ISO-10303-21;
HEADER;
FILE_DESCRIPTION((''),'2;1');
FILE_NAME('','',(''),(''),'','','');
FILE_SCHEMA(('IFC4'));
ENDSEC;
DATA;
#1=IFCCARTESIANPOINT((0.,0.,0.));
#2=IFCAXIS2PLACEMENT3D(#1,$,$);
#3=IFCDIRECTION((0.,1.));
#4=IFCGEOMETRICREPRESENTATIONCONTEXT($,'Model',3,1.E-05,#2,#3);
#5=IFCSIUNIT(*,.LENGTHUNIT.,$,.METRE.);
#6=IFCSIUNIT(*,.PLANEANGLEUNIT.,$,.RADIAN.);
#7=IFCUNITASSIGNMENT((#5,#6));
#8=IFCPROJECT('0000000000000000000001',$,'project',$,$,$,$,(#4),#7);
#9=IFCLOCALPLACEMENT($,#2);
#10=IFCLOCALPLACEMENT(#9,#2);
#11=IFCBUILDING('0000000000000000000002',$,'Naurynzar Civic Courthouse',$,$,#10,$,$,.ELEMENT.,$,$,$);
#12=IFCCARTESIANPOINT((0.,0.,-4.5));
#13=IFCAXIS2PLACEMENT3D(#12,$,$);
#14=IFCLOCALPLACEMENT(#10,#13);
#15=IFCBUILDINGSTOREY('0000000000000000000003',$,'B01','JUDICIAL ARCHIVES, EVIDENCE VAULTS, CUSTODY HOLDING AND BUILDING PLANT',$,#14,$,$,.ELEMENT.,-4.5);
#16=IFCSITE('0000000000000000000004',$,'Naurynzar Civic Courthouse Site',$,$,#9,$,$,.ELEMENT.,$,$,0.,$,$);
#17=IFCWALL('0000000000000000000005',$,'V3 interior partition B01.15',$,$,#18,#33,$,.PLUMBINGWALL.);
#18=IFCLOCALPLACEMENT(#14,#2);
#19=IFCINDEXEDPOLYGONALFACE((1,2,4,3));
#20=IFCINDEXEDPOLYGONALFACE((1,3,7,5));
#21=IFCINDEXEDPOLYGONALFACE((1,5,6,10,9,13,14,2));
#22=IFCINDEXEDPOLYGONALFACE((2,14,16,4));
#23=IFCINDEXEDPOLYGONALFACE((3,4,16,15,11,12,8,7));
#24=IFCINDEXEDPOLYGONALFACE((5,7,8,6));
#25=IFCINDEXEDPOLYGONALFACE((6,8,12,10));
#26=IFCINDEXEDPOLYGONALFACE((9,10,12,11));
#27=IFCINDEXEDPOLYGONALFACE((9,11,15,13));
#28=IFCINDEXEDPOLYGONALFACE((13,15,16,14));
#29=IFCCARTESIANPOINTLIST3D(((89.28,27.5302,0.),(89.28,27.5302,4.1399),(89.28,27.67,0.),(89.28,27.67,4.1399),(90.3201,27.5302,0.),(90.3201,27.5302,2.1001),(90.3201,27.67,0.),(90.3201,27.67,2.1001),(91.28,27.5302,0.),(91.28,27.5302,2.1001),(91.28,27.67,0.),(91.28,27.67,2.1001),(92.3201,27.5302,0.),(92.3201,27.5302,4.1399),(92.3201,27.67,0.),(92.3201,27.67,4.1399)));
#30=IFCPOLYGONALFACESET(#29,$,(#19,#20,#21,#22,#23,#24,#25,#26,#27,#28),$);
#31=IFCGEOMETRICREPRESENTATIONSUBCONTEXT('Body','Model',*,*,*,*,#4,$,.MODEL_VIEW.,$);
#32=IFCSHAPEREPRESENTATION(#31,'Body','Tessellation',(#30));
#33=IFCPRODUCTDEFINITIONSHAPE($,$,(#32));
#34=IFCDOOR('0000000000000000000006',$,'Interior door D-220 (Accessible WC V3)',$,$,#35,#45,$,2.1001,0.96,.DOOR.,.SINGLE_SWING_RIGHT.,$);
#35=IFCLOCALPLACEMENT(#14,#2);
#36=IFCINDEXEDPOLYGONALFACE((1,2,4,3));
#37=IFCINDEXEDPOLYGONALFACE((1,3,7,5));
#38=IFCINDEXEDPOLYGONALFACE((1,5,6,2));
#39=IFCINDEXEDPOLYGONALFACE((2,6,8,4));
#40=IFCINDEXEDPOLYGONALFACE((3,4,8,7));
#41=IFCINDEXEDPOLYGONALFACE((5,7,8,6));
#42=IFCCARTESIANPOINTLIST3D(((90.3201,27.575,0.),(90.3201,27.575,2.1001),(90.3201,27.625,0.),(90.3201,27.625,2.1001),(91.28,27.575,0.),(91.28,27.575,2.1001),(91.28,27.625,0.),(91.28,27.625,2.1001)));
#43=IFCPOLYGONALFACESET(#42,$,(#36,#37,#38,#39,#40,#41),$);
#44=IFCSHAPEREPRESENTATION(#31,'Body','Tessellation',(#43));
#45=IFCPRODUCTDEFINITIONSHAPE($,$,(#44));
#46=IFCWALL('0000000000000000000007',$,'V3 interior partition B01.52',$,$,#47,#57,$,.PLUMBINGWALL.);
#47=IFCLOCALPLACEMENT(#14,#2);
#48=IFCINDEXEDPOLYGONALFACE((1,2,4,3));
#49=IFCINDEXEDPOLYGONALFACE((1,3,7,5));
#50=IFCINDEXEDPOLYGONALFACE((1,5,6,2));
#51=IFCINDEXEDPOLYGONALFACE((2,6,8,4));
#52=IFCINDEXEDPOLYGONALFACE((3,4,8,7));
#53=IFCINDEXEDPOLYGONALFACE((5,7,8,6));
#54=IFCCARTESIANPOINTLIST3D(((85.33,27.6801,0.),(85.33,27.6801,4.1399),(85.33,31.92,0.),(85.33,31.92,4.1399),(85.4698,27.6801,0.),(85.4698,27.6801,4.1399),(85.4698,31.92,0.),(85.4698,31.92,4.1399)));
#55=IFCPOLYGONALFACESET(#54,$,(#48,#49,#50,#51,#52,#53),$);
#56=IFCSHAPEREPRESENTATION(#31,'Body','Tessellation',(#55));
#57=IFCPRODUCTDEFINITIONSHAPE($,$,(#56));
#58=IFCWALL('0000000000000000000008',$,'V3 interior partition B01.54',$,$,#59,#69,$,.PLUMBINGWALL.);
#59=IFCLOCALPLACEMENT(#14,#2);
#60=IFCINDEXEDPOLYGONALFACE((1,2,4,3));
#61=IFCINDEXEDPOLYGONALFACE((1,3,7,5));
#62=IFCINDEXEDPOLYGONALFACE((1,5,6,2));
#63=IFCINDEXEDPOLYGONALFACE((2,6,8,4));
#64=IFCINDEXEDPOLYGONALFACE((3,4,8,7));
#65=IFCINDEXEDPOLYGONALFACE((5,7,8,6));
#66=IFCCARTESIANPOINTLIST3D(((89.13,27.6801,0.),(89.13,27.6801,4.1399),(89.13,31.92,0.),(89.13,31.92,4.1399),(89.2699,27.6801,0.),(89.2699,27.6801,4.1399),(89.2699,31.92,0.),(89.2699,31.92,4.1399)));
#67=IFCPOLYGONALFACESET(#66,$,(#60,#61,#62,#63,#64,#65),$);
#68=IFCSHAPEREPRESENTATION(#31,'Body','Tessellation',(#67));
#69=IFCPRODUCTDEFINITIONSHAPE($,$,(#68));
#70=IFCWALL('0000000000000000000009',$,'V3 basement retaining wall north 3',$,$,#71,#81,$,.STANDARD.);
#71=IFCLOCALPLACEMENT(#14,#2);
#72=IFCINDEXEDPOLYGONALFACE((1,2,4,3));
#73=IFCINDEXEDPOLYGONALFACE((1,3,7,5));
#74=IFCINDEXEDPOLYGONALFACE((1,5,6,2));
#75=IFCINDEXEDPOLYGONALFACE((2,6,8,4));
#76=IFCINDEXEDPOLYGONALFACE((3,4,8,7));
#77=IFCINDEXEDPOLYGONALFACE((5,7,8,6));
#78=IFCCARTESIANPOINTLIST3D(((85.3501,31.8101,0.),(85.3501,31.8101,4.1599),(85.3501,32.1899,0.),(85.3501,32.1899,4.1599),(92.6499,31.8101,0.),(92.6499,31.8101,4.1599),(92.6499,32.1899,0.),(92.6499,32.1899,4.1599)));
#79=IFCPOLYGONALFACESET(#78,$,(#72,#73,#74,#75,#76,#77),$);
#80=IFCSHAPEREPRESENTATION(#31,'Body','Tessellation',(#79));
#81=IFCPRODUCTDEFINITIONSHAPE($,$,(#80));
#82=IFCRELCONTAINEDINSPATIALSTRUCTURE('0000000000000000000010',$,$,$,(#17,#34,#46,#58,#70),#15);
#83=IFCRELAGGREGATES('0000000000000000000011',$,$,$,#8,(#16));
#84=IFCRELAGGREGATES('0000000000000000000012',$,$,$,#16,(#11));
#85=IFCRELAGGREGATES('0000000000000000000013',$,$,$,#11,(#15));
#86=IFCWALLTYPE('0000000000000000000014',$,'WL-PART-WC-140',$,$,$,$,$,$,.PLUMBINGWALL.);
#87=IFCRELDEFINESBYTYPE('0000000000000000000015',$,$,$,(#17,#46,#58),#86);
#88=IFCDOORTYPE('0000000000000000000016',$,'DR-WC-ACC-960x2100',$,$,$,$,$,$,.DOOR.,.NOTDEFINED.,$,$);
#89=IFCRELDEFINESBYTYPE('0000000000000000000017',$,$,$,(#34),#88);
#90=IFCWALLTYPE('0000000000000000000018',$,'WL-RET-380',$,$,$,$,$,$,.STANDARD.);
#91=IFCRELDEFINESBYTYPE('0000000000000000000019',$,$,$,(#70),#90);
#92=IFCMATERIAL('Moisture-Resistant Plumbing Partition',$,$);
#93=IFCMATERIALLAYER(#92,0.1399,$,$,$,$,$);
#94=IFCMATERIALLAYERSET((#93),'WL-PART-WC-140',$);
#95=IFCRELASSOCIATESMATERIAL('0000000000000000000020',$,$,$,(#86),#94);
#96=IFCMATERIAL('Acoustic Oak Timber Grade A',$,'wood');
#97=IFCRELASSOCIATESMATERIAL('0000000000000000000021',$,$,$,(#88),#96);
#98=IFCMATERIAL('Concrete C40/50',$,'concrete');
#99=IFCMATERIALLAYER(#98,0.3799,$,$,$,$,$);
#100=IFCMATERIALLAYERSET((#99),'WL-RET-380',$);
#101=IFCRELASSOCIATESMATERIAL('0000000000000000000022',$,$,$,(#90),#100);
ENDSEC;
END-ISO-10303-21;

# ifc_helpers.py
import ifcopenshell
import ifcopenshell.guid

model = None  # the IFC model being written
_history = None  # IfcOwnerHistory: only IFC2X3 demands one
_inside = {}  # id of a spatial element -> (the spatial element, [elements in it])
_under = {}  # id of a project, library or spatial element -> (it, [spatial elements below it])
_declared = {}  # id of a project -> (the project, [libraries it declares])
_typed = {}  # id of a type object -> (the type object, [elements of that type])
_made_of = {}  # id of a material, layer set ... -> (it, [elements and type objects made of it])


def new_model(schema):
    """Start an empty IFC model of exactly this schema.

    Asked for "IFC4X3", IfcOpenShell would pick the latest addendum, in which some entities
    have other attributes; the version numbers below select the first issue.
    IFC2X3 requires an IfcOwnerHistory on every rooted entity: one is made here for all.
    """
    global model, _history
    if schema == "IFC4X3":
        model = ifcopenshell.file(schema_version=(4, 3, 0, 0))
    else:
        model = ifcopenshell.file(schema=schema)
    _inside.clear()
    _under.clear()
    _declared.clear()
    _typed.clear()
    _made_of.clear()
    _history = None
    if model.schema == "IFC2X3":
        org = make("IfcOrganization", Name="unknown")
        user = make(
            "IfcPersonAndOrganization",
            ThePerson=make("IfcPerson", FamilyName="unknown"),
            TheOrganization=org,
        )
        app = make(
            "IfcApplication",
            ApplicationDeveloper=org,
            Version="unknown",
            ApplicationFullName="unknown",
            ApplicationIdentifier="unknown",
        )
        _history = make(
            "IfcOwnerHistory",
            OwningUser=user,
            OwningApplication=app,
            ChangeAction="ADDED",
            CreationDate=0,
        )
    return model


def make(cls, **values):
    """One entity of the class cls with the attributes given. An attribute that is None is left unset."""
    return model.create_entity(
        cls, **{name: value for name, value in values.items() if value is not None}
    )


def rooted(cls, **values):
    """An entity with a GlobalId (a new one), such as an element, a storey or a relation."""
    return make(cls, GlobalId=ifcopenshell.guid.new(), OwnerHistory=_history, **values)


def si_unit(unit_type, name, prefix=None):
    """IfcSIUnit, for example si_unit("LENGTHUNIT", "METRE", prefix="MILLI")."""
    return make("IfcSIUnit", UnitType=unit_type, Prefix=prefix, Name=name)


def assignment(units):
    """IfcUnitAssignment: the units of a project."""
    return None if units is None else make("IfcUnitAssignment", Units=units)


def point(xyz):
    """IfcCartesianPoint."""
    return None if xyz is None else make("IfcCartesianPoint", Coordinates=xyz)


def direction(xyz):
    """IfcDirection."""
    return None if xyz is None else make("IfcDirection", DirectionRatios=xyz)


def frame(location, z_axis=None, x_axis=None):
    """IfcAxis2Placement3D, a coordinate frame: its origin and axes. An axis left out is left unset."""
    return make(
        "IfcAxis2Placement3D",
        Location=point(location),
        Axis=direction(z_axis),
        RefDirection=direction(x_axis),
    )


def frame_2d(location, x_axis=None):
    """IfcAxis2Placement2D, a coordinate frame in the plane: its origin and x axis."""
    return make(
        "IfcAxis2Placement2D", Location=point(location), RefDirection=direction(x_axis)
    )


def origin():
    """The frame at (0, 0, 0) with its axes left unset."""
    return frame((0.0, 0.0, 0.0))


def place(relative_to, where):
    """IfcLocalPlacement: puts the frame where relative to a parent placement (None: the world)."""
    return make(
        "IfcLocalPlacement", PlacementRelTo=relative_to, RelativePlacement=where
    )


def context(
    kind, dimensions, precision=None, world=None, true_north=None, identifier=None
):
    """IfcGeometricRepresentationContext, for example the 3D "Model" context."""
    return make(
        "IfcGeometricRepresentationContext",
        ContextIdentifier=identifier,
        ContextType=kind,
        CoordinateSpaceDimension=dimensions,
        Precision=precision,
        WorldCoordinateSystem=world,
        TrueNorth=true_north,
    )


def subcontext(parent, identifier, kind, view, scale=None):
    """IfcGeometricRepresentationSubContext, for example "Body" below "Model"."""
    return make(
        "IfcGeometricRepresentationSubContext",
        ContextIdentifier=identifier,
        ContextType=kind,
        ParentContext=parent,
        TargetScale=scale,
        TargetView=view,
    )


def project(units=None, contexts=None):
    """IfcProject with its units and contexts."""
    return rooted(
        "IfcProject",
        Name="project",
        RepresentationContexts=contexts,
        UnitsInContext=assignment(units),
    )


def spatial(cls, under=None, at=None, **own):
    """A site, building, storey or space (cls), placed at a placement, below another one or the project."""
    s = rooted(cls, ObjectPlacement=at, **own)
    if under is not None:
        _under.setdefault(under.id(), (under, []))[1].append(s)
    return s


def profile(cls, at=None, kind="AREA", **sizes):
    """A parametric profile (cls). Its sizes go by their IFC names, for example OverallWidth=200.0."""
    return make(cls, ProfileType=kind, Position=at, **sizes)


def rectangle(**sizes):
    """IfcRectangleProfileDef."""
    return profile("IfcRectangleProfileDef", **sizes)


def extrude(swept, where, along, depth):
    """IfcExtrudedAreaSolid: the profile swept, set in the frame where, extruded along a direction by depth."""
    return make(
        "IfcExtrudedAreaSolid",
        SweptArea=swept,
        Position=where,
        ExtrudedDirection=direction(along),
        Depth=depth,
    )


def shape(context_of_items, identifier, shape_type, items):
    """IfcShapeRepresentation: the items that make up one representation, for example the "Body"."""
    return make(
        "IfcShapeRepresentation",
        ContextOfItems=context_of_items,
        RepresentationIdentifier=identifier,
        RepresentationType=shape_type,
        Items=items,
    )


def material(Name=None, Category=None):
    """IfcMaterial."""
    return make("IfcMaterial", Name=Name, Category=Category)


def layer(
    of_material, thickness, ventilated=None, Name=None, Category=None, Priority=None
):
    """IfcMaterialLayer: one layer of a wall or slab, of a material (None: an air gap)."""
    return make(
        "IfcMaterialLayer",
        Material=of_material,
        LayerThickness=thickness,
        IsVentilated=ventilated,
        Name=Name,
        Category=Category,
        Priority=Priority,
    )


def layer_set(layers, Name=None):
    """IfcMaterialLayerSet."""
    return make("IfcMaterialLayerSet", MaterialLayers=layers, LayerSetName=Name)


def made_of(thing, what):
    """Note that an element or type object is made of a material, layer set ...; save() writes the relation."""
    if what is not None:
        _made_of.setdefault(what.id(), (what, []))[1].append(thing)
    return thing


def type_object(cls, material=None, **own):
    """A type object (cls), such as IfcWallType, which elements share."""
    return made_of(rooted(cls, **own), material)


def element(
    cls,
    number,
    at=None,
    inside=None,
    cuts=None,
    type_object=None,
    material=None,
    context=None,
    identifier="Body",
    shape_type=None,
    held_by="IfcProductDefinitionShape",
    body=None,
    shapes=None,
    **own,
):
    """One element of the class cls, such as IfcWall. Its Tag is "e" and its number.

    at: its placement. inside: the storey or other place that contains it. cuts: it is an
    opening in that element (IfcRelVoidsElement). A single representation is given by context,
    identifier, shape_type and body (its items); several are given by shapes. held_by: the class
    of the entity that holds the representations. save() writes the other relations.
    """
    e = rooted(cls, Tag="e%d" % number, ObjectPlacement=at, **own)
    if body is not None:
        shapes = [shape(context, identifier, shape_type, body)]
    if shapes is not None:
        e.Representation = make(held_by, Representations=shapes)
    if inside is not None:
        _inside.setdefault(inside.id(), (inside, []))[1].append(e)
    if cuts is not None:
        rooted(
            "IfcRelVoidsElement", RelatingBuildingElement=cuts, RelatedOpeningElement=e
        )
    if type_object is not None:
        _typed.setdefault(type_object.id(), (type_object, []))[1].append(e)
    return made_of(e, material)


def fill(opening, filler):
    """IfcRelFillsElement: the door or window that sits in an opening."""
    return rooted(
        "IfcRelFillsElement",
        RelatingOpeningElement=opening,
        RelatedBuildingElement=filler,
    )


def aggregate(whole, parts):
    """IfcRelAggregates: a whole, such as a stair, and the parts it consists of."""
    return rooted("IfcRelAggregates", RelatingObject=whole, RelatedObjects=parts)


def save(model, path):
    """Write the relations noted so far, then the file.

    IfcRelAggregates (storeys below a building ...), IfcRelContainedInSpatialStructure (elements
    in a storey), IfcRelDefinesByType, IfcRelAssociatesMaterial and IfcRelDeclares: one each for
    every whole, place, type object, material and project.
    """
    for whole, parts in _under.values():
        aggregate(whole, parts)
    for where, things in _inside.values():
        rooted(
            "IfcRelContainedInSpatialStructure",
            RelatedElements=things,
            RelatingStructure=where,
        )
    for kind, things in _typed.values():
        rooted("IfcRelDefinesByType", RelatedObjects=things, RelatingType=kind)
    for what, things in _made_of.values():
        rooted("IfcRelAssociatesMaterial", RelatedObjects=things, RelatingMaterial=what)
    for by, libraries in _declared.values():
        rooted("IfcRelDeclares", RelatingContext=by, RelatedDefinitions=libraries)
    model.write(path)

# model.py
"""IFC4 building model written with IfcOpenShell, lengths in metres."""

from ifc_helpers import new_model, si_unit, direction, frame, frame_2d, origin, place, context, subcontext, project, spatial, rectangle, extrude, material, layer, layer_set, type_object, element, fill, save


model = new_model("IFC4")

# Units and contexts
model_context = context("Model", 3, precision=1e-05, world=origin(), true_north=direction((0.0, 1.0)))
body_context = subcontext(model_context, "Body", "Model", "MODEL_VIEW")
ifc_project = project(units=[si_unit("LENGTHUNIT", "METRE"), si_unit("PLANEANGLEUNIT", "RADIAN")], contexts=[model_context])

# Site, building, storey
site_placement = place(None, origin())
site = spatial("IfcSite", under=ifc_project, at=site_placement, Name="Naurynzar Civic Courthouse Site", CompositionType="ELEMENT", RefElevation=0.0)
building_placement = place(site_placement, origin())
building = spatial("IfcBuilding", under=site, at=building_placement, Name="Naurynzar Civic Courthouse", CompositionType="ELEMENT")
storey_placement = place(building_placement, frame((0.0, 0.0, -4.5)))
storey = spatial("IfcBuildingStorey", under=building, at=storey_placement, Name="B01", Description="JUDICIAL ARCHIVES, EVIDENCE VAULTS, CUSTODY HOLDING AND BUILDING PLANT", CompositionType="ELEMENT", Elevation=-4.5)

# Wall, opening, door
ifc_material_1 = material(Name="Moisture-Resistant Plumbing Partition")
ifc_layer_1 = layer(ifc_material_1, 0.1399)
ifc_layer_set_1 = layer_set([ifc_layer_1], Name="WL-PART-WC-140")
wall_type_1 = type_object("IfcWallType", Name="WL-PART-WC-140", PredefinedType="PLUMBINGWALL", material=ifc_layer_set_1)
wall_1_placement = place(storey_placement, frame((89.28, 27.6001, 0.0), z_axis=(0.0, 0.0, 1.0), x_axis=(1.0, 0.0, 0.0)))
wall_1 = element("IfcWall", 1, at=wall_1_placement, inside=storey, type_object=wall_type_1, Name="V3 interior partition B01.15", PredefinedType="PLUMBINGWALL", context=body_context, shape_type="SweptSolid", body=[
    extrude(rectangle(XDim=3.04, YDim=0.1399, at=frame_2d((1.52, 0.0))), origin(), (0.0, 0.0, 1.0), 4.1399),
])
opening_1_placement = place(wall_1_placement, frame((1.04, 0.0, 0.0)))
opening_1 = element("IfcOpeningElement", 2, at=opening_1_placement, cuts=wall_1, PredefinedType="OPENING", context=body_context, shape_type="SweptSolid", body=[
    extrude(rectangle(XDim=0.96, YDim=2.1001, at=frame_2d((0.48, 1.05))), frame((0.0, 0.0798, 0.0), z_axis=(0.0, -1.0, 0.0), x_axis=(1.0, 0.0, 0.0)), (0.0, 0.0, 1.0), 0.1599),
])
ifc_material_2 = material(Name="Acoustic Oak Timber Grade A", Category="wood")
door_type_1 = type_object("IfcDoorType", Name="DR-WC-ACC-960x2100", OperationType="NOTDEFINED", PredefinedType="DOOR", material=ifc_material_2)
door_1_placement = place(opening_1_placement, origin())
door_1 = element("IfcDoor", 3, at=door_1_placement, inside=storey, type_object=door_type_1, Name="Interior door D-220 (Accessible WC V3)", OperationType="SINGLE_SWING_RIGHT", OverallHeight=2.1001, OverallWidth=0.96, PredefinedType="DOOR", context=body_context, shape_type="SweptSolid", body=[
    extrude(rectangle(XDim=0.96, YDim=2.1001, at=frame_2d((0.48, 1.05))), frame((0.0, 0.0249, 0.0), z_axis=(0.0, -1.0, 0.0), x_axis=(1.0, 0.0, 0.0)), (0.0, 0.0, 1.0), 0.05),
])
fill(opening_1, door_1)

# Walls
for number, where, z_axis, x_axis, name in (
    (4, (85.3999, 27.6799, 0.0), (0.0, 0.0, 1.0), (0.0, 1.0, 0.0), "V3 interior partition B01.52"),
    (5, (89.2, 27.6799, 0.0), (0.0, 0.0, 1.0), (0.0, 1.0, 0.0), "V3 interior partition B01.54"),
):
    element("IfcWall", number, at=place(storey_placement, frame(where, z_axis=z_axis, x_axis=x_axis)), inside=storey, type_object=wall_type_1, Name=name, PredefinedType="PLUMBINGWALL", context=body_context, shape_type="SweptSolid", body=[
        extrude(rectangle(XDim=4.24, YDim=0.1399, at=frame_2d((2.1201, 0.0))), origin(), (0.0, 0.0, 1.0), 4.1399),
    ])
ifc_material_3 = material(Name="Concrete C40/50", Category="concrete")
ifc_layer_2 = layer(ifc_material_3, 0.3799)
ifc_layer_set_2 = layer_set([ifc_layer_2], Name="WL-RET-380")
wall_type_2 = type_object("IfcWallType", Name="WL-RET-380", PredefinedType="STANDARD", material=ifc_layer_set_2)
wall_2_placement = place(storey_placement, frame((85.3501, 32.0, 0.0), z_axis=(0.0, 0.0, 1.0), x_axis=(1.0, 0.0, 0.0)))
element("IfcWall", 6, at=wall_2_placement, inside=storey, type_object=wall_type_2, Name="V3 basement retaining wall north 3", PredefinedType="STANDARD", context=body_context, shape_type="SweptSolid", body=[
    extrude(rectangle(XDim=7.2998, YDim=0.3799, at=frame_2d((3.6499, 0.0))), origin(), (0.0, 0.0, 1.0), 4.1599),
])

save(model, "model.ifc")
